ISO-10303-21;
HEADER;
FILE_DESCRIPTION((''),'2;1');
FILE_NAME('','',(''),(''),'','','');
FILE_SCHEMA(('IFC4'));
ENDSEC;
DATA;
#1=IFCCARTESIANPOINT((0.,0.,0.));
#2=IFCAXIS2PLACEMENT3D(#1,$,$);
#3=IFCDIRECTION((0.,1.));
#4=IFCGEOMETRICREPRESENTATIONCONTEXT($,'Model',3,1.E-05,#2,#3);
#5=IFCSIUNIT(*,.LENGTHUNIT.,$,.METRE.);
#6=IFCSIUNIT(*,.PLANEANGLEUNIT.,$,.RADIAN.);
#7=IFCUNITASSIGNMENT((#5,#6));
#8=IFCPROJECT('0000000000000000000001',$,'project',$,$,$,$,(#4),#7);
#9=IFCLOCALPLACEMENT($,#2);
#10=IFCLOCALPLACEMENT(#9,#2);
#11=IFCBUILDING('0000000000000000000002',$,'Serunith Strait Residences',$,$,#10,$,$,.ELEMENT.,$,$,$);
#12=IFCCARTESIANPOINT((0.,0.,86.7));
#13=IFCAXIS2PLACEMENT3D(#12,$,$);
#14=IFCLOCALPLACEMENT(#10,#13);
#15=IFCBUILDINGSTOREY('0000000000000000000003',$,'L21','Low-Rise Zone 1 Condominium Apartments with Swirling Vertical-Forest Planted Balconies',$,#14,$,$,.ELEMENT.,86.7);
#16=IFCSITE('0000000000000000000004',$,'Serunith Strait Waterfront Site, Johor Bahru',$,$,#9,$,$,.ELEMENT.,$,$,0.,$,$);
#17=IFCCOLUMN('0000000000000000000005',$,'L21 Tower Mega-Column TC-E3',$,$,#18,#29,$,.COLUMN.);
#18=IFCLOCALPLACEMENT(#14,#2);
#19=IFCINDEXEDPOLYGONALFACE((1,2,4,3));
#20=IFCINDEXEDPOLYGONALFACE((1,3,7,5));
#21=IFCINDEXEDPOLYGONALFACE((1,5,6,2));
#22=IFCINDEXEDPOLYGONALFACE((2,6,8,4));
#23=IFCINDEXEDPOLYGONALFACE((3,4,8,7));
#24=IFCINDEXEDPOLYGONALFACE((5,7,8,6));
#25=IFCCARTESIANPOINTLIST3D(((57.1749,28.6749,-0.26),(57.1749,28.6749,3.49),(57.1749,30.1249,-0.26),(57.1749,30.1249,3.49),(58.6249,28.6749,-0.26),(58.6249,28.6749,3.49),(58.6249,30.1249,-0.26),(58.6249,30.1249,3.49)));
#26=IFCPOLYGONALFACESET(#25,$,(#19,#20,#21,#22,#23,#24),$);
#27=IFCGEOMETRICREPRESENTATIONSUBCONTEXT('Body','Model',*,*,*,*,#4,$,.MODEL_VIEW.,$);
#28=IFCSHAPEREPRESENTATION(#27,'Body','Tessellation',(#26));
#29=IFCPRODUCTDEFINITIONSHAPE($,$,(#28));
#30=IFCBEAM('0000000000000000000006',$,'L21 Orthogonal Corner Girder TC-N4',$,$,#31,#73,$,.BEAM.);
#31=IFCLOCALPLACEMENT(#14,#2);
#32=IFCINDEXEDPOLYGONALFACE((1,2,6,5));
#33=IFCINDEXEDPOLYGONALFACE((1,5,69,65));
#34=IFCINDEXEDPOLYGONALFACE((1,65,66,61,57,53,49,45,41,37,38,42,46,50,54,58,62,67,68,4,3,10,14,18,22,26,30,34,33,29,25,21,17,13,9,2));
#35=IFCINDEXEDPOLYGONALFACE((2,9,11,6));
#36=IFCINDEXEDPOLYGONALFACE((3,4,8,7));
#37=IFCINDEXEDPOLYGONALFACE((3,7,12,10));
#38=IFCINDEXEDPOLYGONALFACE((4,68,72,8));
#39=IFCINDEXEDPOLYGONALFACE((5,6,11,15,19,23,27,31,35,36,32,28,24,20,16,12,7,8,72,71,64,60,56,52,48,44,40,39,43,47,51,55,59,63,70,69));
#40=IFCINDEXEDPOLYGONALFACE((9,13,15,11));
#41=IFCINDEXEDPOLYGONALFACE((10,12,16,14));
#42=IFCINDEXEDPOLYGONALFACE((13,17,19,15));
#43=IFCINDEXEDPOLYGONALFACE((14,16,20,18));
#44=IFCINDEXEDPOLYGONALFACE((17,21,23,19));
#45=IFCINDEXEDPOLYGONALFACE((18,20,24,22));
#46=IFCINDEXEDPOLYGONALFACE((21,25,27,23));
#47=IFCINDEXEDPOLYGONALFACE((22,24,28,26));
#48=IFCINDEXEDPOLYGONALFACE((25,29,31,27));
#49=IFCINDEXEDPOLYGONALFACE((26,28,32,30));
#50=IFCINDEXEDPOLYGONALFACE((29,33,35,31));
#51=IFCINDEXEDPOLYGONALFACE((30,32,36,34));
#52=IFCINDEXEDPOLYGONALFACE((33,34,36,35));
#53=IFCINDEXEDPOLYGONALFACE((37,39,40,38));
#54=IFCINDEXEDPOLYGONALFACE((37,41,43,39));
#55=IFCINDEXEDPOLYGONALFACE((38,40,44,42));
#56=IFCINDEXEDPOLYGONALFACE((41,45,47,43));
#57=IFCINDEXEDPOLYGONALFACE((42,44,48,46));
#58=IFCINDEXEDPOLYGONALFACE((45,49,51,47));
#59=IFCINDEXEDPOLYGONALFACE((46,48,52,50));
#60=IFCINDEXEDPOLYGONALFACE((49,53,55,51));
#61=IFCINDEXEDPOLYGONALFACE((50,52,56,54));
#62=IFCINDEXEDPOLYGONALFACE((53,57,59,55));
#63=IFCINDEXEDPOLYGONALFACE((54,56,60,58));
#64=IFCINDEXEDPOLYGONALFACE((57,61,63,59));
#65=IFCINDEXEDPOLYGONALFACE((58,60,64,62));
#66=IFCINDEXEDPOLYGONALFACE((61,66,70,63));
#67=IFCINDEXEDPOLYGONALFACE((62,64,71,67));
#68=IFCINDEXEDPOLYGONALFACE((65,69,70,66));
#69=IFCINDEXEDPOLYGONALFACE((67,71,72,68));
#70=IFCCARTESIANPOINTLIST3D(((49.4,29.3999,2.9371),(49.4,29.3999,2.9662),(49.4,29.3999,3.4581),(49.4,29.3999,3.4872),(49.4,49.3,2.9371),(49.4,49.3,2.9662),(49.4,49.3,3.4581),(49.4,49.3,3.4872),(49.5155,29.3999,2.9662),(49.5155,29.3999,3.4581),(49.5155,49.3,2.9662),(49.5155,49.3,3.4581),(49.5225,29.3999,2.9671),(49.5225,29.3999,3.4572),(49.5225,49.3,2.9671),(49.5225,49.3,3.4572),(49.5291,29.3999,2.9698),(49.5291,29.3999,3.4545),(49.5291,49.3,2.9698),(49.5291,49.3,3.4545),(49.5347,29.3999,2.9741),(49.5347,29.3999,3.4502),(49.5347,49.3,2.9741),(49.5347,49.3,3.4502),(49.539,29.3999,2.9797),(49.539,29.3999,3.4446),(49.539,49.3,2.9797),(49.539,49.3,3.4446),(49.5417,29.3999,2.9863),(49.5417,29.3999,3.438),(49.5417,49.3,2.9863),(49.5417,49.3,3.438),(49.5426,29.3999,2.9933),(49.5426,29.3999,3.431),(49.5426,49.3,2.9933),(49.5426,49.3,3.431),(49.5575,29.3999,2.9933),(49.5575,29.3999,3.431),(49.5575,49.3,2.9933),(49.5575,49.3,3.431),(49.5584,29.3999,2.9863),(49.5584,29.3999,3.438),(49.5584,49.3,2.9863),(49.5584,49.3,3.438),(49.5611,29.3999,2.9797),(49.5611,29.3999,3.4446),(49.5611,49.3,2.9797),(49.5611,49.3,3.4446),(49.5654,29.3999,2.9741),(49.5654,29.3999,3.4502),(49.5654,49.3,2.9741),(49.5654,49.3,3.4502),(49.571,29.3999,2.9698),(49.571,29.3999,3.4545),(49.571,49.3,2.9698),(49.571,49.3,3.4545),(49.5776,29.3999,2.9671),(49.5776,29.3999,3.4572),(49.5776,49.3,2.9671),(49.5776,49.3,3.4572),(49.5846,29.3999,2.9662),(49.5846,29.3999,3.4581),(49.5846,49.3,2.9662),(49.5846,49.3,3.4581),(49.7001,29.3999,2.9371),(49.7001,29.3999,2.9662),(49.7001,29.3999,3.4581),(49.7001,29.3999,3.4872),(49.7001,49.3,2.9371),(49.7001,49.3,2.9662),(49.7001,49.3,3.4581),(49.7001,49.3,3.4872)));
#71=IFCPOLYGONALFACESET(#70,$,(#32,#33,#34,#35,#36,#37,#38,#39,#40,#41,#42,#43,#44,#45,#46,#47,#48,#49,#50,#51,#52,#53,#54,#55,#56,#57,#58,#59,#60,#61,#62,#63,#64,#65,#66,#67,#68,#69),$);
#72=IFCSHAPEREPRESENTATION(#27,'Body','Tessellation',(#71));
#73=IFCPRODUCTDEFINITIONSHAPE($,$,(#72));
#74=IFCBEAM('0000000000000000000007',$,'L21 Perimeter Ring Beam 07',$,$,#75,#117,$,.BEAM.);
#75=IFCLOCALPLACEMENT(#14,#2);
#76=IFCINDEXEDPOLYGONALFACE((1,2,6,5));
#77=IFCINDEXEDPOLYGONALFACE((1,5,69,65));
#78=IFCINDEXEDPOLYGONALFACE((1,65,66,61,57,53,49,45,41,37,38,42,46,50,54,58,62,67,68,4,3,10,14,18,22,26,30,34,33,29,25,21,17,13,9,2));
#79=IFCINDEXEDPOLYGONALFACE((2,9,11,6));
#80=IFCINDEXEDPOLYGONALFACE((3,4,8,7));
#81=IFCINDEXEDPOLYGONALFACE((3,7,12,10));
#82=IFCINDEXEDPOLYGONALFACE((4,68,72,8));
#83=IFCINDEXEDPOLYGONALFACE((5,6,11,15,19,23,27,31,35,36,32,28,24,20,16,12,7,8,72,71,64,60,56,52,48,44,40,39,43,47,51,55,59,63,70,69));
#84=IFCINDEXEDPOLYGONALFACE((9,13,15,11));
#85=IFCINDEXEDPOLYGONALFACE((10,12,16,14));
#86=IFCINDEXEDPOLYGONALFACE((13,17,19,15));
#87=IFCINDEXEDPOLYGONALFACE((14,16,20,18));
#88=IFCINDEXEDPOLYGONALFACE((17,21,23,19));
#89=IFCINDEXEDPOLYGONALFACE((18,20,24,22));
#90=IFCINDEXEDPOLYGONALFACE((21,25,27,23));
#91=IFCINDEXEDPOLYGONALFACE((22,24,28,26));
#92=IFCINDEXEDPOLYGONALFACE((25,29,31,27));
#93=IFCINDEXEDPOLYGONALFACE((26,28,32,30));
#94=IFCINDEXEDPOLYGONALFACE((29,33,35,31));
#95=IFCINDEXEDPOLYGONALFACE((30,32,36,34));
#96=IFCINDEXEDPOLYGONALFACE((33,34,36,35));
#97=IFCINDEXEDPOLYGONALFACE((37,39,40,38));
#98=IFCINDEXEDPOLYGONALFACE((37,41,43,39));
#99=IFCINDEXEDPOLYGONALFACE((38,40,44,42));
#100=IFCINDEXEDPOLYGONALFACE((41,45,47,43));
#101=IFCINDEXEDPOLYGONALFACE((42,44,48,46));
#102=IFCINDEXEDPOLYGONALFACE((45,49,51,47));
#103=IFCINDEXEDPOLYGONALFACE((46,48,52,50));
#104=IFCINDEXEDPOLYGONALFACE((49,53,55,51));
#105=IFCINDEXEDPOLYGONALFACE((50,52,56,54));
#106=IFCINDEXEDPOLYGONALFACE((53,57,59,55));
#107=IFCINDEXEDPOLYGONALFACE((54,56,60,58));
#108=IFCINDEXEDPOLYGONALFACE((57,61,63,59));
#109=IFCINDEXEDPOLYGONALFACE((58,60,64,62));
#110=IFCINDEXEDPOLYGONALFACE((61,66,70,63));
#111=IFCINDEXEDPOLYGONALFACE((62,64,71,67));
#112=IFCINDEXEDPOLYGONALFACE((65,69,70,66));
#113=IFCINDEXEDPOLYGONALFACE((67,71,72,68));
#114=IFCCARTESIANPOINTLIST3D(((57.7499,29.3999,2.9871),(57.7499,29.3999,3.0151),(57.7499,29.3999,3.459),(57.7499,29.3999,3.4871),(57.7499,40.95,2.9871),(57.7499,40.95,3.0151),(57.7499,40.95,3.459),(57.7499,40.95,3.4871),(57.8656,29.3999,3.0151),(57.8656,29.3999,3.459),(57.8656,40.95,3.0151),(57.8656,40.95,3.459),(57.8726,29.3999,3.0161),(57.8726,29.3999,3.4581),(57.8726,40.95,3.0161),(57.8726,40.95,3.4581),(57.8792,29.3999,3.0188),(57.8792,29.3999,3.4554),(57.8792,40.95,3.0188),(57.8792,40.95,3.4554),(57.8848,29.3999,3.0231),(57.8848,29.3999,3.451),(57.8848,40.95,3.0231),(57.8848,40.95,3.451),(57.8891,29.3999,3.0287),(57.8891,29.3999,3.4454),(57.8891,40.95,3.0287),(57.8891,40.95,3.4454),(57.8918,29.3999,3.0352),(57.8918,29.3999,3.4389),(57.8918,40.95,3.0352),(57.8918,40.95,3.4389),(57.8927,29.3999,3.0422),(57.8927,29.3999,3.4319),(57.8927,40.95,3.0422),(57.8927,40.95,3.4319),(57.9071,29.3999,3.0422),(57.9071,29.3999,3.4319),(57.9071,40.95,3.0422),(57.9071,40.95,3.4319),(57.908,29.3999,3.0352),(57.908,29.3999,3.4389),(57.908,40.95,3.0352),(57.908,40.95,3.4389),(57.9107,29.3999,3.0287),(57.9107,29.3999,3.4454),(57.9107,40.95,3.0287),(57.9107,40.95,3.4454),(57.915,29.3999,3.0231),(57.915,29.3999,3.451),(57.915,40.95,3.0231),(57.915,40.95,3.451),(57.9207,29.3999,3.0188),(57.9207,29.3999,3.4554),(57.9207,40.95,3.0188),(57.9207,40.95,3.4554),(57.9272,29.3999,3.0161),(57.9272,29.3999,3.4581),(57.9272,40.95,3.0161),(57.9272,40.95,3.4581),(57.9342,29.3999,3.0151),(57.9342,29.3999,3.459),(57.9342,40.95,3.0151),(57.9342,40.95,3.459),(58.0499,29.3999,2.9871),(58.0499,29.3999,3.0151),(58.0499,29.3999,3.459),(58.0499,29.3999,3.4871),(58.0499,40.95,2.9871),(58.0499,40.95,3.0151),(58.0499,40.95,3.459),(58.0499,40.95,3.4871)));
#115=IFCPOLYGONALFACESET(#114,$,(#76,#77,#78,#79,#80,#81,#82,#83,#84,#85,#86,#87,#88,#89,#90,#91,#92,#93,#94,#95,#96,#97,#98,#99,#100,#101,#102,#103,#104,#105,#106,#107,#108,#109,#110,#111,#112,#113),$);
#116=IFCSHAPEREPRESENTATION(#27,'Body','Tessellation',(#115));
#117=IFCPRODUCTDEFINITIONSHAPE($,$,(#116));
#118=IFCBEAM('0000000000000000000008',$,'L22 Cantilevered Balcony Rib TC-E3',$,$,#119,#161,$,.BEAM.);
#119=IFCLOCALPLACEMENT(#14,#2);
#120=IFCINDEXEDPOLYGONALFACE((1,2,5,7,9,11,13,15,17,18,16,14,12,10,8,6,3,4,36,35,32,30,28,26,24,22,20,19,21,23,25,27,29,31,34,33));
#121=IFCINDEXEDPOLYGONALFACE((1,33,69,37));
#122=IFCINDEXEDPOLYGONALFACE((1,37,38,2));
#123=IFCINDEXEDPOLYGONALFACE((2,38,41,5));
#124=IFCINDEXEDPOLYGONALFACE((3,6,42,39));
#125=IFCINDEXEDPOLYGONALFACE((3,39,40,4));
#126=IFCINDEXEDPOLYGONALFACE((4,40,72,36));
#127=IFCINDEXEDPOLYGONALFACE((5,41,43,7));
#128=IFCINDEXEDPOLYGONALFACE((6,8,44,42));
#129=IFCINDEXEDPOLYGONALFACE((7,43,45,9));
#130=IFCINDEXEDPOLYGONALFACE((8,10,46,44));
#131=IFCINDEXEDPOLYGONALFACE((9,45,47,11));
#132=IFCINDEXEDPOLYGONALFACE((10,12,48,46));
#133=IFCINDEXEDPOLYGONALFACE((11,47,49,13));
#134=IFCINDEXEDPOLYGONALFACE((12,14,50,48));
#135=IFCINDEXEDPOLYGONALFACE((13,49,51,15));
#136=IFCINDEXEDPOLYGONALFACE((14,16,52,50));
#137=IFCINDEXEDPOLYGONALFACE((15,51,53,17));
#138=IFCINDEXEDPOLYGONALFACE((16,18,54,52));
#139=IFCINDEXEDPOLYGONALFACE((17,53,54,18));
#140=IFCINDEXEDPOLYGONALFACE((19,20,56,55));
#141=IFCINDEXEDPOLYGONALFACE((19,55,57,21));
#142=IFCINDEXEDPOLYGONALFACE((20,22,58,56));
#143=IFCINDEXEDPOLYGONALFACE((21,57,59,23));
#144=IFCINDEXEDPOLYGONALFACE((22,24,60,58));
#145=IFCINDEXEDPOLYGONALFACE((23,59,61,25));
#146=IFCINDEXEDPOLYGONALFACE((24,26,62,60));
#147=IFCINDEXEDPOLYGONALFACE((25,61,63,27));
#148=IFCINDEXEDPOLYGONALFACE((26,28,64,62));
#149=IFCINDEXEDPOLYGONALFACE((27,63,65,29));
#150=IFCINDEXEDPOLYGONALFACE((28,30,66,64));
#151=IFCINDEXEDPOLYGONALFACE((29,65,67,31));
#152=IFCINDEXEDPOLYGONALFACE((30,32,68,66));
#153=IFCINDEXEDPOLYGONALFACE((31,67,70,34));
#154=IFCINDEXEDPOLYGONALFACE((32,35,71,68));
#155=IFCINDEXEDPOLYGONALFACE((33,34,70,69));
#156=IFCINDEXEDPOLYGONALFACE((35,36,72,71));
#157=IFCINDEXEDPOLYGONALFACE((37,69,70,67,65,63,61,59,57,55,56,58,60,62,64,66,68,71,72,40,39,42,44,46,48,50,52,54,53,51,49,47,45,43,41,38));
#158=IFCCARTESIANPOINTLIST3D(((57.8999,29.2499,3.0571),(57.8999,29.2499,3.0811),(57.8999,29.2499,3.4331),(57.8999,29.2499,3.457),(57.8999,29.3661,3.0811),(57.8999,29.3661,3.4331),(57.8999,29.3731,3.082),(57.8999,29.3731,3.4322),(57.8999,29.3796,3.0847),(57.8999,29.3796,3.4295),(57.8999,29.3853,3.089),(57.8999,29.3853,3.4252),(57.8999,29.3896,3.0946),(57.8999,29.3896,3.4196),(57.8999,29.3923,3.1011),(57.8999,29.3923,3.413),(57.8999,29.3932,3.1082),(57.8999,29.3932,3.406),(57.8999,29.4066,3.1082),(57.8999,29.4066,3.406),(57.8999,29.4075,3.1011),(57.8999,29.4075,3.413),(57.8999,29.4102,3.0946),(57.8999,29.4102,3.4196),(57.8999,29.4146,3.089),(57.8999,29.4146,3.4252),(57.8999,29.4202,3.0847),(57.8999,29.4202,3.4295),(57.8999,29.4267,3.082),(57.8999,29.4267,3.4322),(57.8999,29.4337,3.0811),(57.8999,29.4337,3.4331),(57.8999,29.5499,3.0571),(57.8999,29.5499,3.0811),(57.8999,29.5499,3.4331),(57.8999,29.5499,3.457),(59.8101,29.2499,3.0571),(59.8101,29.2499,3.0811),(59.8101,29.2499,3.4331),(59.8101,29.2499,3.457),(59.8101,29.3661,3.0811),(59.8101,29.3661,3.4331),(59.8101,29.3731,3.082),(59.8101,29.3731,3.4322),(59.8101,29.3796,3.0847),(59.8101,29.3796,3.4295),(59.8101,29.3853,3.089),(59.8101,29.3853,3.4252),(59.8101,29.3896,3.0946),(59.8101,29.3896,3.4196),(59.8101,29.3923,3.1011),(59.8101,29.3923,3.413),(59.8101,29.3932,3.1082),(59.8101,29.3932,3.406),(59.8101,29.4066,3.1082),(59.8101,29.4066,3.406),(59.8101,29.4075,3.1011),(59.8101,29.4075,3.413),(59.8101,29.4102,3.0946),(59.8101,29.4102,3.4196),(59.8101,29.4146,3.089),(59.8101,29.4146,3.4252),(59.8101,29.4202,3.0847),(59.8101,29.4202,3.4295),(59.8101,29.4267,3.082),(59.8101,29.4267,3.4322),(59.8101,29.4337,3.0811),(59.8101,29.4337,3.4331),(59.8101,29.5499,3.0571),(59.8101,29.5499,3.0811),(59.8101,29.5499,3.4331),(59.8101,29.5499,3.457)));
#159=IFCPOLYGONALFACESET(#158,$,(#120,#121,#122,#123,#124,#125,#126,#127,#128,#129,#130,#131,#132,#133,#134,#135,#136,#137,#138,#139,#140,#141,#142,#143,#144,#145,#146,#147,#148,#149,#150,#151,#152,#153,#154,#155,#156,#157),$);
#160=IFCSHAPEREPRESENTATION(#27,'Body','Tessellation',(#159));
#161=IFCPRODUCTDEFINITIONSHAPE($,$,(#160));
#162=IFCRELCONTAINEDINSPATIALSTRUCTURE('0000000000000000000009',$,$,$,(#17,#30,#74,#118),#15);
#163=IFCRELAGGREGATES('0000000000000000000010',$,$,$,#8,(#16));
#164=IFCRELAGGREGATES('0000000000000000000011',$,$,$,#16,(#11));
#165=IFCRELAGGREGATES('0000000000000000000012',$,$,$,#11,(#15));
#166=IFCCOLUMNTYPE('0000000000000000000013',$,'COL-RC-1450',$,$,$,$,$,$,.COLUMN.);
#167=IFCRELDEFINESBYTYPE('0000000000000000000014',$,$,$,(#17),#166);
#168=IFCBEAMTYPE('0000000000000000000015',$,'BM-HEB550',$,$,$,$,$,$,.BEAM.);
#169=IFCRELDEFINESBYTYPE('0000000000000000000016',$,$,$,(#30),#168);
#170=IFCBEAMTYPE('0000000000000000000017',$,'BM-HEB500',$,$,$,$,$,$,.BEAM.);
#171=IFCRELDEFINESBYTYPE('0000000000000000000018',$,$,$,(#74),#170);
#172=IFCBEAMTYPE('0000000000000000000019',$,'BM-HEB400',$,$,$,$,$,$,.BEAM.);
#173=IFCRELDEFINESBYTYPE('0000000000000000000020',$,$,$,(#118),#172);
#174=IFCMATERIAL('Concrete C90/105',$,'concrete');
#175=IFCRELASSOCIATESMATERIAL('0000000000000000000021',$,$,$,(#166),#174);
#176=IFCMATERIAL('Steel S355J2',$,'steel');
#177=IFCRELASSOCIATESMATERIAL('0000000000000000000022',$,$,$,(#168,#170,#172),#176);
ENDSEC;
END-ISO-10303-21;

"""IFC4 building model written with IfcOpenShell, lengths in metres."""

from ifc_helpers import new_model, si_unit, direction, frame, origin, origin_2d, place, context, subcontext, project, spatial, rectangle, i_section, extrude, source, transform, mapped, material, material_profile, profile_set, type_object, element, save


model = new_model("IFC4")

# Units and contexts
model_context = context("Model", 3, precision=1e-05, world=origin(), true_north=direction((0.0, 1.0)))
body_context = subcontext(model_context, "Body", "Model", "MODEL_VIEW")
ifc_project = project(units=[si_unit("LENGTHUNIT", "METRE"), si_unit("PLANEANGLEUNIT", "RADIAN")], contexts=[model_context])

# Site, building, storey
site_placement = place(None, origin())
site = spatial("IfcSite", under=ifc_project, at=site_placement, Name="Serunith Strait Waterfront Site, Johor Bahru", CompositionType="ELEMENT", RefElevation=0.0)
building_placement = place(site_placement, origin())
building = spatial("IfcBuilding", under=site, at=building_placement, Name="Serunith Strait Residences", CompositionType="ELEMENT")
storey_placement = place(building_placement, frame((0.0, 0.0, 86.7)))
storey = spatial("IfcBuildingStorey", under=building, at=storey_placement, Name="L21", Description="Low-Rise Zone 1 Condominium Apartments with Swirling Vertical-Forest Planted Balconies", CompositionType="ELEMENT", Elevation=86.7)

# Column
ifc_material_1 = material(Name="Concrete C90/105", Category="concrete")
ifc_material_profile_1 = material_profile(ifc_material_1, rectangle(XDim=1.45, YDim=1.45, at=origin_2d()), Name="RC 1450x1450")
ifc_profile_set_1 = profile_set([ifc_material_profile_1], Name="Concrete C90/105")
column_type = type_object("IfcColumnType", Name="COL-RC-1450", PredefinedType="COLUMN", material=ifc_profile_set_1)
shared_shape_1 = source(origin(), body_context, "Body", "SweptSolid", [
    extrude(rectangle(XDim=1.45, YDim=1.45, at=origin_2d()), origin(), (0.0, 0.0, 1.0), 3.75),
])
column_placement = place(storey_placement, frame((57.8999, 29.3999, -0.26), z_axis=(0.0, 0.0, 1.0), x_axis=(1.0, 0.0, 0.0)))
element("IfcColumn", 1, at=column_placement, inside=storey, type_object=column_type, Name="L21 Tower Mega-Column TC-E3", PredefinedType="COLUMN", context=body_context, shape_type="MappedRepresentation", body=[
    mapped(shared_shape_1, transform((0.0, 0.0, 0.0), scale=1.0)),
])

# Beams
ifc_material_2 = material(Name="Steel S355J2", Category="steel")
ifc_material_profile_2 = material_profile(ifc_material_2, i_section(OverallWidth=0.3, OverallDepth=0.55, WebThickness=0.0149, FlangeThickness=0.0291, FilletRadius=0.0271, at=origin_2d()), Name="HEB 550")
ifc_profile_set_2 = profile_set([ifc_material_profile_2], Name="Steel S355J2")
beam_type_1 = type_object("IfcBeamType", Name="BM-HEB550", PredefinedType="BEAM", material=ifc_profile_set_2)
shared_shape_2 = source(origin(), body_context, "Body", "SweptSolid", [
    extrude(i_section(OverallWidth=0.3, OverallDepth=0.55, WebThickness=0.0149, FlangeThickness=0.0291, FilletRadius=0.0271, at=origin_2d()), origin(), (0.0, 0.0, 1.0), 19.9001),
])
beam_1_placement = place(storey_placement, frame((49.55, 29.3999, 3.2122), z_axis=(0.0, 1.0, 0.0), x_axis=(-1.0, 0.0, 0.0)))
element("IfcBeam", 2, at=beam_1_placement, inside=storey, type_object=beam_type_1, Name="L21 Orthogonal Corner Girder TC-N4", PredefinedType="BEAM", context=body_context, shape_type="MappedRepresentation", body=[
    mapped(shared_shape_2, transform((0.0, 0.0, 0.0), scale=1.0)),
])
ifc_material_profile_3 = material_profile(ifc_material_2, i_section(OverallWidth=0.3, OverallDepth=0.5, WebThickness=0.0144, FlangeThickness=0.0281, FilletRadius=0.0271, at=origin_2d()), Name="HEB 500")
ifc_profile_set_3 = profile_set([ifc_material_profile_3], Name="Steel S355J2")
beam_type_2 = type_object("IfcBeamType", Name="BM-HEB500", PredefinedType="BEAM", material=ifc_profile_set_3)
shared_shape_3 = source(origin(), body_context, "Body", "SweptSolid", [
    extrude(i_section(OverallWidth=0.3, OverallDepth=0.5, WebThickness=0.0144, FlangeThickness=0.0281, FilletRadius=0.0271, at=origin_2d()), origin(), (0.0, 0.0, 1.0), 11.55),
])
beam_2_placement = place(storey_placement, frame((57.8999, 29.3999, 3.2371), z_axis=(0.0, 1.0, 0.0), x_axis=(-1.0, 0.0, 0.0)))
element("IfcBeam", 3, at=beam_2_placement, inside=storey, type_object=beam_type_2, Name="L21 Perimeter Ring Beam 07", PredefinedType="BEAM", context=body_context, shape_type="MappedRepresentation", body=[
    mapped(shared_shape_3, transform((0.0, 0.0, 0.0), scale=1.0)),
])
ifc_material_profile_4 = material_profile(ifc_material_2, i_section(OverallWidth=0.3, OverallDepth=0.3999, WebThickness=0.0134, FlangeThickness=0.0239, FilletRadius=0.0271, at=origin_2d()), Name="HEB 400")
ifc_profile_set_4 = profile_set([ifc_material_profile_4], Name="Steel S355J2")
beam_type_3 = type_object("IfcBeamType", Name="BM-HEB400", PredefinedType="BEAM", material=ifc_profile_set_4)
shared_shape_4 = source(origin(), body_context, "Body", "SweptSolid", [
    extrude(i_section(OverallWidth=0.3, OverallDepth=0.3999, WebThickness=0.0134, FlangeThickness=0.0239, FilletRadius=0.0271, at=origin_2d()), origin(), (0.0, 0.0, 1.0), 1.9102),
])
beam_3_placement = place(storey_placement, frame((57.8999, 29.3999, 3.2571), z_axis=(1.0, 0.0, 0.0), x_axis=(0.0, 1.0, 0.0)))
element("IfcBeam", 4, at=beam_3_placement, inside=storey, type_object=beam_type_3, Name="L22 Cantilevered Balcony Rib TC-E3", PredefinedType="BEAM", context=body_context, shape_type="MappedRepresentation", body=[
    mapped(shared_shape_4, transform((0.0, 0.0, 0.0), scale=1.0)),
])

save(model, "model.ifc")
